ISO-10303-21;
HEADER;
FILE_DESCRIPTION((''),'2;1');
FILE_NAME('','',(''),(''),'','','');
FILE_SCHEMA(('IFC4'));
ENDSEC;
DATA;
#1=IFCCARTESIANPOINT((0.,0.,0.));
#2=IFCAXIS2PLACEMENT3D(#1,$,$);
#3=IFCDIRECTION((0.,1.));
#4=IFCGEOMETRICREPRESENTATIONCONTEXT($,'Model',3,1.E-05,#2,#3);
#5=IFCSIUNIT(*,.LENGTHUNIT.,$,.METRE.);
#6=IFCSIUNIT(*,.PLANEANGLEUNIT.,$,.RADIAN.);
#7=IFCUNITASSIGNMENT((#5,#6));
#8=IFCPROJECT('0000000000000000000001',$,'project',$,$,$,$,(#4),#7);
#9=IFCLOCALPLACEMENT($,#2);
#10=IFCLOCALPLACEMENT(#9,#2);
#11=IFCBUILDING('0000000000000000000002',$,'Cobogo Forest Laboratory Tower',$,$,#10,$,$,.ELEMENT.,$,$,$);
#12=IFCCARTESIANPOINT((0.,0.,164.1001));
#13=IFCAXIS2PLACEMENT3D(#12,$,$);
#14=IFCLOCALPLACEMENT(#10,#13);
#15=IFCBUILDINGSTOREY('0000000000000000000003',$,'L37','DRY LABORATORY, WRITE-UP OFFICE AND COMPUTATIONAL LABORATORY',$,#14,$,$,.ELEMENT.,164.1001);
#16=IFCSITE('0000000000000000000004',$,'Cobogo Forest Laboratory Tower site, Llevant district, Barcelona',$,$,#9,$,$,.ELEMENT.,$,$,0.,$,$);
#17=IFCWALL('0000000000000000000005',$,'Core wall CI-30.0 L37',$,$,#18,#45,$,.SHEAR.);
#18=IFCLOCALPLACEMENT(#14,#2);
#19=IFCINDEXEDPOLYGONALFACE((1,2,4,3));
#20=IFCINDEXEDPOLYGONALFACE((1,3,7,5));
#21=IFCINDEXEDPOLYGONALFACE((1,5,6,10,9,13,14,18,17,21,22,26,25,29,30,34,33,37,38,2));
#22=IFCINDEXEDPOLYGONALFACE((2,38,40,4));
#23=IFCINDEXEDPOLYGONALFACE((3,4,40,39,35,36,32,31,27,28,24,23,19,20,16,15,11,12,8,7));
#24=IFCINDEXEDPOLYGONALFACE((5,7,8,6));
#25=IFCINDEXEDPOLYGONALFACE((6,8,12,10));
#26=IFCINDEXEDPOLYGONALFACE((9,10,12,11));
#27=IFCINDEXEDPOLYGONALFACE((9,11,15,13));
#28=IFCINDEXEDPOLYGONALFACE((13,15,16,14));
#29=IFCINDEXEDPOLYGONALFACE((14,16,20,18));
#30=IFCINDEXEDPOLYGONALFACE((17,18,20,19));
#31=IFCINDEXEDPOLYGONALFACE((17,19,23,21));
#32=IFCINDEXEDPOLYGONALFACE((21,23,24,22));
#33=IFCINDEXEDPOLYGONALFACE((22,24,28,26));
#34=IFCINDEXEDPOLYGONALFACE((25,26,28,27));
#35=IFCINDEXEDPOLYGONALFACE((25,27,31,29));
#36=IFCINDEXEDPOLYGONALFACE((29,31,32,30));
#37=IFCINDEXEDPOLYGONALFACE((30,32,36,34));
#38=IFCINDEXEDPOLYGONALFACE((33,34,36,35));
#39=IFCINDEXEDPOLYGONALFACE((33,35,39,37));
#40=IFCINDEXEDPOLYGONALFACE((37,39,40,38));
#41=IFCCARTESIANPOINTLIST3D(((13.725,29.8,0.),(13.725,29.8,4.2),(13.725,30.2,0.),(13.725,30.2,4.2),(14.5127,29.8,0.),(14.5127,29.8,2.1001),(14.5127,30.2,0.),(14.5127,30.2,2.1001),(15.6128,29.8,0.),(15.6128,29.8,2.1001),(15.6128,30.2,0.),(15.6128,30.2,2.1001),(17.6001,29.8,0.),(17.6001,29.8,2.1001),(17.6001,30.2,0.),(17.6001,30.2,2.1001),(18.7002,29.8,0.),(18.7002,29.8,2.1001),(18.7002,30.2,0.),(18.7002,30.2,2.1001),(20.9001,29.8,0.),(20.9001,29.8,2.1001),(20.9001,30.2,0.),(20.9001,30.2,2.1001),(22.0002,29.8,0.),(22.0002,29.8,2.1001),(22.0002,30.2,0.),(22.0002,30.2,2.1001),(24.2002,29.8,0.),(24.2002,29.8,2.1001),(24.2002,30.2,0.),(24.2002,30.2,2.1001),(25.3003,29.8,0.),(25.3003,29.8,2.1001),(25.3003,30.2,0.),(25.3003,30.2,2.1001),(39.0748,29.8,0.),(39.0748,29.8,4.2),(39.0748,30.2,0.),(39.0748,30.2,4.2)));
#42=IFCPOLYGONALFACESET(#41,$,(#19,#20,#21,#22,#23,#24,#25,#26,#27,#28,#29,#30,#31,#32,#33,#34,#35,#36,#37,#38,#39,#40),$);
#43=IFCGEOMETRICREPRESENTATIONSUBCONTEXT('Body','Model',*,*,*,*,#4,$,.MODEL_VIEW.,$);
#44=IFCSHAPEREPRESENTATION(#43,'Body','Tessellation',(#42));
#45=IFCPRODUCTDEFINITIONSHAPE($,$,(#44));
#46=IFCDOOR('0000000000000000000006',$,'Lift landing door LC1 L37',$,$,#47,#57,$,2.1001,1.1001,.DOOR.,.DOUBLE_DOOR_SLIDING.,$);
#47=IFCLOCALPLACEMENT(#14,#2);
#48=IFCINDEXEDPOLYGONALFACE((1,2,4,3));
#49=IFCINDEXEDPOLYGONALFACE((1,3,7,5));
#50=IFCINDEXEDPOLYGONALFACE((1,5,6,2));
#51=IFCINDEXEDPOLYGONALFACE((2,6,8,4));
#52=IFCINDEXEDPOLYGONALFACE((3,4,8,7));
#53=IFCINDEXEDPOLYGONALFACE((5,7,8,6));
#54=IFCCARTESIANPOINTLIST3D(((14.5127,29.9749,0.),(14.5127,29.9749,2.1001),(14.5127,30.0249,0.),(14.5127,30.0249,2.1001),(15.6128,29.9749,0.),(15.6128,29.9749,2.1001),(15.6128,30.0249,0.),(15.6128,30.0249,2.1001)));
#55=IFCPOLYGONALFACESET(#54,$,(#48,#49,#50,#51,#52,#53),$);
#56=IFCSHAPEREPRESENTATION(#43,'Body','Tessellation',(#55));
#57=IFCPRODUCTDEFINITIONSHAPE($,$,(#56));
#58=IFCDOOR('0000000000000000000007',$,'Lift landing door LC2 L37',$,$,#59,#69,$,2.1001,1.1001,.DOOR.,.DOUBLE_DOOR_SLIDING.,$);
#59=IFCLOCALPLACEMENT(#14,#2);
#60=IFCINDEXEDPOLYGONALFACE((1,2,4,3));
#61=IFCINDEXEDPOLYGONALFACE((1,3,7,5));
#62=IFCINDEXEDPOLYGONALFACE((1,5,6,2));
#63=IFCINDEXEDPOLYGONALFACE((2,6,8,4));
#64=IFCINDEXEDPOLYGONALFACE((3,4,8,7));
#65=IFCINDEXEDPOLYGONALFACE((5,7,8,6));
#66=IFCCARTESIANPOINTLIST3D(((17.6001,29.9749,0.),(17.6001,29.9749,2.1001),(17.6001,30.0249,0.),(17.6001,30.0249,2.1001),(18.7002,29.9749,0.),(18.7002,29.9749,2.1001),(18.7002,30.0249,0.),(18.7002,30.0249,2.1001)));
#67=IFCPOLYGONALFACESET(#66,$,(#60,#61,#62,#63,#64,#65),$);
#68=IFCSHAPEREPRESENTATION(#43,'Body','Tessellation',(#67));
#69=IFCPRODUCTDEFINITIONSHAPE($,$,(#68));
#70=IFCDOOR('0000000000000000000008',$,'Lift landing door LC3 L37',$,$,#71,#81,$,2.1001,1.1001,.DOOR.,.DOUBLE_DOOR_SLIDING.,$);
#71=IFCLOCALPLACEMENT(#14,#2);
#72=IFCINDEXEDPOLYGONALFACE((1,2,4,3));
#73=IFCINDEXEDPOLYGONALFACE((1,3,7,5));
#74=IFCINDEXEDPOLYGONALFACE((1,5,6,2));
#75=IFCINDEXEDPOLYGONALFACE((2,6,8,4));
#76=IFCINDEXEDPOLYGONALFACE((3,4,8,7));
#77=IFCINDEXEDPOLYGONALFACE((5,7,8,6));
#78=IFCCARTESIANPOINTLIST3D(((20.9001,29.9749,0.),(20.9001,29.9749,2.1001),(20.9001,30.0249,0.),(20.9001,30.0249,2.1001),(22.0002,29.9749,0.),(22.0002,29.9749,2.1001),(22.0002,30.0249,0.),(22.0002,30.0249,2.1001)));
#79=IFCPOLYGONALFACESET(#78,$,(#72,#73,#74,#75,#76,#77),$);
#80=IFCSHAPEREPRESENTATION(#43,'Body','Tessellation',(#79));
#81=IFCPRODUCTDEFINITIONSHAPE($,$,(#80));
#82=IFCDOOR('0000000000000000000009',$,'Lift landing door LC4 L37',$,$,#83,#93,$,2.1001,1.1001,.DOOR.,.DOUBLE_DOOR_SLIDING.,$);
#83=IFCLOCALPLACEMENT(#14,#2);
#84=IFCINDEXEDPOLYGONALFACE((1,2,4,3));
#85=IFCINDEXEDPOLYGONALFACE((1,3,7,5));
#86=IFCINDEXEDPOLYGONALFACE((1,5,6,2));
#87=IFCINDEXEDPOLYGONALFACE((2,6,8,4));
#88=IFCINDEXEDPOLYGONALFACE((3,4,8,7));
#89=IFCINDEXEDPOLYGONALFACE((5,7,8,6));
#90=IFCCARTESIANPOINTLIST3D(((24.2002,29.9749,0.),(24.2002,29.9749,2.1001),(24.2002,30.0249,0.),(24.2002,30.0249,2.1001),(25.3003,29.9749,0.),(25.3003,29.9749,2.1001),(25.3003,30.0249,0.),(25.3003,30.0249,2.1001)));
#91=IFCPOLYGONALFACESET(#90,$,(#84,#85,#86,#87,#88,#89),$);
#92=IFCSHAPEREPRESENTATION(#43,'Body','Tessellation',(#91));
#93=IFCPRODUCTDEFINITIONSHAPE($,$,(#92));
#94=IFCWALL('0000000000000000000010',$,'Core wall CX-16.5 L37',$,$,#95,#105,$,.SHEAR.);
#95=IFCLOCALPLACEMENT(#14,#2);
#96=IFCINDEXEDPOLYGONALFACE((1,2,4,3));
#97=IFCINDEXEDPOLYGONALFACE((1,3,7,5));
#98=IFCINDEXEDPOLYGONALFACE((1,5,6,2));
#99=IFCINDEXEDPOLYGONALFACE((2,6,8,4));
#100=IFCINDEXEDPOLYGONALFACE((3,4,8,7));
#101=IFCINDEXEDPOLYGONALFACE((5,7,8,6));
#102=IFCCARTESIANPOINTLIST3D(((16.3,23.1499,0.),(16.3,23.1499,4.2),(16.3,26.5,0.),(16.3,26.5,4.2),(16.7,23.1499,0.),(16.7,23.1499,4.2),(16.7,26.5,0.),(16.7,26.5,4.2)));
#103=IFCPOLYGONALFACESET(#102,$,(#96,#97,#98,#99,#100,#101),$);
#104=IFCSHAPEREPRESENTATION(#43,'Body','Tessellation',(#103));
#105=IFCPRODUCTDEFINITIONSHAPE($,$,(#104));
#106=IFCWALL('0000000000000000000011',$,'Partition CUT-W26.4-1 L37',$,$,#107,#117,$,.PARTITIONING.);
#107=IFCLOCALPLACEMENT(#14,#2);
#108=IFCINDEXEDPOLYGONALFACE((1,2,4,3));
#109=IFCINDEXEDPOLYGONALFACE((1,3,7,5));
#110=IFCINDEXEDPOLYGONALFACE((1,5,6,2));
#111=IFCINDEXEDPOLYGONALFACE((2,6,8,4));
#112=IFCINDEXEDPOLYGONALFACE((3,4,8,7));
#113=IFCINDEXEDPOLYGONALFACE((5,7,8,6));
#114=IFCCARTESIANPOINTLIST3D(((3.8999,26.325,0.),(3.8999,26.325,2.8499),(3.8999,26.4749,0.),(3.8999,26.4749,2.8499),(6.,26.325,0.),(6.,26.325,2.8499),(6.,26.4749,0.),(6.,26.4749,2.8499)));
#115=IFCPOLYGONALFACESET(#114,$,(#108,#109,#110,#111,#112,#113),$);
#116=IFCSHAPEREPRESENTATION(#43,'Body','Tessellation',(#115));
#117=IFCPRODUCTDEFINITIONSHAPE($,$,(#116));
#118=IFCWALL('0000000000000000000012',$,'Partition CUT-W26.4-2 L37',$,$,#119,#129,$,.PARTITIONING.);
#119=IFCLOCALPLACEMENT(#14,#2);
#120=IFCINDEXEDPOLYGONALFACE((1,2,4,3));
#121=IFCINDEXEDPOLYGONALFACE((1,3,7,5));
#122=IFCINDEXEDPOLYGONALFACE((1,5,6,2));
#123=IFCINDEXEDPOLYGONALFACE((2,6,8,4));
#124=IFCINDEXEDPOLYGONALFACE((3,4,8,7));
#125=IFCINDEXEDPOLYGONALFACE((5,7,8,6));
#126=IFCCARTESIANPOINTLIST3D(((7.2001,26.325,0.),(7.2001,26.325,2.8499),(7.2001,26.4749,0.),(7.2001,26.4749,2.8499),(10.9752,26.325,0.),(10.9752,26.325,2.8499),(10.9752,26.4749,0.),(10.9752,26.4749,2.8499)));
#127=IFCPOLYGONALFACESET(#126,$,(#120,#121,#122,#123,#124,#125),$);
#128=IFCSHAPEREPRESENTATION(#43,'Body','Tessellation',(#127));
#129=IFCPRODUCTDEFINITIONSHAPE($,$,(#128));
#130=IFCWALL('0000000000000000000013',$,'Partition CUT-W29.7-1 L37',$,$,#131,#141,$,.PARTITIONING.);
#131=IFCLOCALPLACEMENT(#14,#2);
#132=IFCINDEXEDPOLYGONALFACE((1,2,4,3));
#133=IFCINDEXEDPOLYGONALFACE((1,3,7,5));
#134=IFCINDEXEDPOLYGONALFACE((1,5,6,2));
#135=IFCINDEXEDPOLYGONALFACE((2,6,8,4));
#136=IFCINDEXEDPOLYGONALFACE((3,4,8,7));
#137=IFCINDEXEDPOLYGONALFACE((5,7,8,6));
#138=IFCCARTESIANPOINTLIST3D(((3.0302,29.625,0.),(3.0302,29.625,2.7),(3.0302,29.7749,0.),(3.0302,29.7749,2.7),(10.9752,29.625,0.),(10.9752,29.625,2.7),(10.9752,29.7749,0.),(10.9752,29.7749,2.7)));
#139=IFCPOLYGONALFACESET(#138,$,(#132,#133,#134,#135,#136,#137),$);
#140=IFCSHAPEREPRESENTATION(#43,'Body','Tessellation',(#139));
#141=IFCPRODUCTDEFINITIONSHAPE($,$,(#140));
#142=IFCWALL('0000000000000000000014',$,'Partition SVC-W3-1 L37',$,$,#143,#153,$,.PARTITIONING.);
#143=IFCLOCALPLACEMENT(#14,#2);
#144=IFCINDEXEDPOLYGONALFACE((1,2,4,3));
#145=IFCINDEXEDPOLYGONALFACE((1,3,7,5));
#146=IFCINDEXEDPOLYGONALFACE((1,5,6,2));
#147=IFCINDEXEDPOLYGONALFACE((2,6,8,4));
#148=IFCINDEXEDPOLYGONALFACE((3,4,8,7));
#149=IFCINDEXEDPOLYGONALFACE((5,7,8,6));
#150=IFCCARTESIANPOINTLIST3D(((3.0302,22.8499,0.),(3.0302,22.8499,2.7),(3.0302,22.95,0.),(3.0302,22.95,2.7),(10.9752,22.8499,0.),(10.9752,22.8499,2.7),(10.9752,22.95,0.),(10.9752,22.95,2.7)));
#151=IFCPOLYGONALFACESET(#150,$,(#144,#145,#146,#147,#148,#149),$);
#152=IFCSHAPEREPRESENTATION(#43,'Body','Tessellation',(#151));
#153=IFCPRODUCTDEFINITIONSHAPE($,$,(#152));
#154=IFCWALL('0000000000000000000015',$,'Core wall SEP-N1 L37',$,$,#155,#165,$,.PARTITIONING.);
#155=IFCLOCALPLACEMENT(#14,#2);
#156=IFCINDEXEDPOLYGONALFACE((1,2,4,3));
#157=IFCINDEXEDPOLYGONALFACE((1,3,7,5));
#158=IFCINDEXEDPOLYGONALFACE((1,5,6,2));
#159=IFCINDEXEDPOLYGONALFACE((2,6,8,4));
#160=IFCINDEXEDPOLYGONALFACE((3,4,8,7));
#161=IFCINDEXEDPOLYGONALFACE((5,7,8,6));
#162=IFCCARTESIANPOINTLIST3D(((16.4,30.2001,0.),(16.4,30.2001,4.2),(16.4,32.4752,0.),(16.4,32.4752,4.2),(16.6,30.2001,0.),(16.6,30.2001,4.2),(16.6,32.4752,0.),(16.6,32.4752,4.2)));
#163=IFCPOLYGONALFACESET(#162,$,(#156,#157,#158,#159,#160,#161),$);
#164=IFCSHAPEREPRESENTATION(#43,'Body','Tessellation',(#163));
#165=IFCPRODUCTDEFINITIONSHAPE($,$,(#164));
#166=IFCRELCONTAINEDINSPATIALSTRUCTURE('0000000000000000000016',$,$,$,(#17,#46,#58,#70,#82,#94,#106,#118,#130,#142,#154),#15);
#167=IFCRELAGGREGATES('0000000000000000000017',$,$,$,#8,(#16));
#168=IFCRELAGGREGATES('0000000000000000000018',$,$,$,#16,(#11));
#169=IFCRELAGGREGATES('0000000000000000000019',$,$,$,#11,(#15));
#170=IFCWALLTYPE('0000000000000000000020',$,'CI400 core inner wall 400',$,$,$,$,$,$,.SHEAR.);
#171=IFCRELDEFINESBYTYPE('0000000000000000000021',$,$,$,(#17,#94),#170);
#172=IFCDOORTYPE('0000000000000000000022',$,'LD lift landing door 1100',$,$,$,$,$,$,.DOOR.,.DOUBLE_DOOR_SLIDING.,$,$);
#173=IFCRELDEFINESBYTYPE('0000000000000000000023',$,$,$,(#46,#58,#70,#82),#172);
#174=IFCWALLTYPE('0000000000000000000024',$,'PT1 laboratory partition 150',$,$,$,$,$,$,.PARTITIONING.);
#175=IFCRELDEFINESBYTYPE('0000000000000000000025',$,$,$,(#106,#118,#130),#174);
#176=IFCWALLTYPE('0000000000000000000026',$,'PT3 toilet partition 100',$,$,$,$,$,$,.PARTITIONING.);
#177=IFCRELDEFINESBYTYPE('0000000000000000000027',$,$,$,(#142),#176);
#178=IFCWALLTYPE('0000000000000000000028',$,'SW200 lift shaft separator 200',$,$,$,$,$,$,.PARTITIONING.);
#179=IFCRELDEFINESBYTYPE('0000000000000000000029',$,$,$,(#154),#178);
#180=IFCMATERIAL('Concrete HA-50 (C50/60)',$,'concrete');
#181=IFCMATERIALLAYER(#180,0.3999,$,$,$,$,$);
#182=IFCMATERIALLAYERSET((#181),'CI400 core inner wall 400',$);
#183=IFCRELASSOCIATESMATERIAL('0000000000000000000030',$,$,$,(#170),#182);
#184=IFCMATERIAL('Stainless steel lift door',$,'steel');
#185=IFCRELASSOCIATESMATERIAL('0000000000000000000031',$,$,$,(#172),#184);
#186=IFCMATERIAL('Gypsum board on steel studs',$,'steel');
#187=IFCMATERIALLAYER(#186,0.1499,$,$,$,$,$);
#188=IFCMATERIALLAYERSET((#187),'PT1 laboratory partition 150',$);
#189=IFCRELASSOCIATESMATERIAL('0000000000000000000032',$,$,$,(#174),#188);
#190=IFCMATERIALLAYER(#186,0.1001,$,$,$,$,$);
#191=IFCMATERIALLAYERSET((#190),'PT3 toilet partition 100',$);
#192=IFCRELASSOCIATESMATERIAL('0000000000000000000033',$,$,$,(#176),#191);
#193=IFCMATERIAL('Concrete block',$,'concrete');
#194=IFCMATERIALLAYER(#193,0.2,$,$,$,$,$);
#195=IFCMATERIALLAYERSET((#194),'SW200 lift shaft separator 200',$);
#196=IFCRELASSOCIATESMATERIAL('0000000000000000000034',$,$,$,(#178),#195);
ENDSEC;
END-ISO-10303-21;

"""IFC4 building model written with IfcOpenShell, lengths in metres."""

from ifc_helpers import new_model, si_unit, direction, frame, frame_2d, origin, place, context, subcontext, project, spatial, rectangle, extrude, material, layer, layer_set, type_object, element, fill, save


model = new_model("IFC4")

# Units and contexts
model_context = context("Model", 3, precision=1e-05, world=origin(), true_north=direction((0.0, 1.0)))
body_context = subcontext(model_context, "Body", "Model", "MODEL_VIEW")
ifc_project = project(units=[si_unit("LENGTHUNIT", "METRE"), si_unit("PLANEANGLEUNIT", "RADIAN")], contexts=[model_context])

# Site, building, storey
site_placement = place(None, origin())
site = spatial("IfcSite", under=ifc_project, at=site_placement, Name="Cobogo Forest Laboratory Tower site, Llevant district, Barcelona", CompositionType="ELEMENT", RefElevation=0.0)
building_placement = place(site_placement, origin())
building = spatial("IfcBuilding", under=site, at=building_placement, Name="Cobogo Forest Laboratory Tower", CompositionType="ELEMENT")
storey_placement = place(building_placement, frame((0.0, 0.0, 164.1001)))
storey = spatial("IfcBuildingStorey", under=building, at=storey_placement, Name="L37", Description="DRY LABORATORY, WRITE-UP OFFICE AND COMPUTATIONAL LABORATORY", CompositionType="ELEMENT", Elevation=164.1001)

# Shared definitions
ifc_material_1 = material(Name="Concrete HA-50 (C50/60)", Category="concrete")

# Shared definitions
ifc_layer_1 = layer(ifc_material_1, 0.3999)
ifc_layer_set_1 = layer_set([ifc_layer_1], Name="CI400 core inner wall 400")
wall_type_1 = type_object("IfcWallType", Name="CI400 core inner wall 400", PredefinedType="SHEAR", material=ifc_layer_set_1)

# Wall, openings, doors
ifc_material_2 = material(Name="Stainless steel lift door", Category="steel")
door_type_1 = type_object("IfcDoorType", Name="LD lift landing door 1100", OperationType="DOUBLE_DOOR_SLIDING", PredefinedType="DOOR", material=ifc_material_2)
wall_1_placement = place(storey_placement, frame((13.7251, 30.0, 0.0), z_axis=(0.0, 0.0, 1.0), x_axis=(1.0, 0.0, 0.0)))
wall_1 = element("IfcWall", 1, at=wall_1_placement, inside=storey, type_object=wall_type_1, Name="Core wall CI-30.0 L37", PredefinedType="SHEAR", context=body_context, shape_type="SweptSolid", body=[
    extrude(rectangle(XDim=25.3499, YDim=0.3999, at=frame_2d((12.6748, 0.0))), origin(), (0.0, 0.0, 1.0), 4.2),
])
opening_1_placement = place(wall_1_placement, frame((0.7876, 0.0, 0.0)))
opening_1 = element("IfcOpeningElement", 2, at=opening_1_placement, cuts=wall_1, PredefinedType="OPENING", context=body_context, shape_type="SweptSolid", body=[
    extrude(rectangle(XDim=1.1001, YDim=2.1001, at=frame_2d((0.55, 1.05))), frame((0.0, 0.21, 0.0), z_axis=(0.0, -1.0, 0.0), x_axis=(1.0, 0.0, 0.0)), (0.0, 0.0, 1.0), 0.4199),
])
opening_2_placement = place(wall_1_placement, frame((3.875, 0.0, 0.0)))
opening_2 = element("IfcOpeningElement", 3, at=opening_2_placement, cuts=wall_1, PredefinedType="OPENING", context=body_context, shape_type="SweptSolid", body=[
    extrude(rectangle(XDim=1.1001, YDim=2.1001, at=frame_2d((0.55, 1.05))), frame((0.0, 0.21, 0.0), z_axis=(0.0, -1.0, 0.0), x_axis=(1.0, 0.0, 0.0)), (0.0, 0.0, 1.0), 0.4199),
])
opening_3_placement = place(wall_1_placement, frame((7.175, 0.0, 0.0)))
opening_3 = element("IfcOpeningElement", 4, at=opening_3_placement, cuts=wall_1, PredefinedType="OPENING", context=body_context, shape_type="SweptSolid", body=[
    extrude(rectangle(XDim=1.1001, YDim=2.1001, at=frame_2d((0.55, 1.05))), frame((0.0, 0.21, 0.0), z_axis=(0.0, -1.0, 0.0), x_axis=(1.0, 0.0, 0.0)), (0.0, 0.0, 1.0), 0.4199),
])
opening_4_placement = place(wall_1_placement, frame((10.4751, 0.0, 0.0)))
opening_4 = element("IfcOpeningElement", 5, at=opening_4_placement, cuts=wall_1, PredefinedType="OPENING", context=body_context, shape_type="SweptSolid", body=[
    extrude(rectangle(XDim=1.1001, YDim=2.1001, at=frame_2d((0.55, 1.05))), frame((0.0, 0.21, 0.0), z_axis=(0.0, -1.0, 0.0), x_axis=(1.0, 0.0, 0.0)), (0.0, 0.0, 1.0), 0.4199),
])
door_1_placement = place(opening_1_placement, origin())
door_1 = element("IfcDoor", 6, at=door_1_placement, inside=storey, type_object=door_type_1, Name="Lift landing door LC1 L37", OperationType="DOUBLE_DOOR_SLIDING", OverallHeight=2.1001, OverallWidth=1.1001, PredefinedType="DOOR", context=body_context, shape_type="SweptSolid", body=[
    extrude(rectangle(XDim=1.1001, YDim=2.1001, at=frame_2d((0.55, 1.05))), frame((0.0, 0.0249, 0.0), z_axis=(0.0, -1.0, 0.0), x_axis=(1.0, 0.0, 0.0)), (0.0, 0.0, 1.0), 0.05),
])
fill(opening_1, door_1)
door_2_placement = place(opening_2_placement, origin())
door_2 = element("IfcDoor", 7, at=door_2_placement, inside=storey, type_object=door_type_1, Name="Lift landing door LC2 L37", OperationType="DOUBLE_DOOR_SLIDING", OverallHeight=2.1001, OverallWidth=1.1001, PredefinedType="DOOR", context=body_context, shape_type="SweptSolid", body=[
    extrude(rectangle(XDim=1.1001, YDim=2.1001, at=frame_2d((0.55, 1.05))), frame((0.0, 0.0249, 0.0), z_axis=(0.0, -1.0, 0.0), x_axis=(1.0, 0.0, 0.0)), (0.0, 0.0, 1.0), 0.05),
])
fill(opening_2, door_2)
door_3_placement = place(opening_3_placement, origin())
door_3 = element("IfcDoor", 8, at=door_3_placement, inside=storey, type_object=door_type_1, Name="Lift landing door LC3 L37", OperationType="DOUBLE_DOOR_SLIDING", OverallHeight=2.1001, OverallWidth=1.1001, PredefinedType="DOOR", context=body_context, shape_type="SweptSolid", body=[
    extrude(rectangle(XDim=1.1001, YDim=2.1001, at=frame_2d((0.55, 1.05))), frame((0.0, 0.0249, 0.0), z_axis=(0.0, -1.0, 0.0), x_axis=(1.0, 0.0, 0.0)), (0.0, 0.0, 1.0), 0.05),
])
fill(opening_3, door_3)
door_4_placement = place(opening_4_placement, origin())
door_4 = element("IfcDoor", 9, at=door_4_placement, inside=storey, type_object=door_type_1, Name="Lift landing door LC4 L37", OperationType="DOUBLE_DOOR_SLIDING", OverallHeight=2.1001, OverallWidth=1.1001, PredefinedType="DOOR", context=body_context, shape_type="SweptSolid", body=[
    extrude(rectangle(XDim=1.1001, YDim=2.1001, at=frame_2d((0.55, 1.05))), frame((0.0, 0.0249, 0.0), z_axis=(0.0, -1.0, 0.0), x_axis=(1.0, 0.0, 0.0)), (0.0, 0.0, 1.0), 0.05),
])
fill(opening_4, door_4)

# Walls
wall_2_placement = place(storey_placement, frame((16.5, 23.1499, 0.0), z_axis=(0.0, 0.0, 1.0), x_axis=(0.0, 1.0, 0.0)))
element("IfcWall", 10, at=wall_2_placement, inside=storey, type_object=wall_type_1, Name="Core wall CX-16.5 L37", PredefinedType="SHEAR", context=body_context, shape_type="SweptSolid", body=[
    extrude(rectangle(XDim=3.3501, YDim=0.3999, at=frame_2d((1.675, 0.0))), origin(), (0.0, 0.0, 1.0), 4.2),
])
ifc_material_3 = material(Name="Gypsum board on steel studs", Category="steel")
ifc_layer_2 = layer(ifc_material_3, 0.1499)
ifc_layer_set_2 = layer_set([ifc_layer_2], Name="PT1 laboratory partition 150")
wall_type_2 = type_object("IfcWallType", Name="PT1 laboratory partition 150", PredefinedType="PARTITIONING", material=ifc_layer_set_2)
wall_3_placement = place(storey_placement, frame((3.8999, 26.3999, 0.0), z_axis=(0.0, 0.0, 1.0), x_axis=(1.0, 0.0, 0.0)))
element("IfcWall", 11, at=wall_3_placement, inside=storey, type_object=wall_type_2, Name="Partition CUT-W26.4-1 L37", PredefinedType="PARTITIONING", context=body_context, shape_type="SweptSolid", body=[
    extrude(rectangle(XDim=2.1001, YDim=0.1499, at=frame_2d((1.05, 0.0))), origin(), (0.0, 0.0, 1.0), 2.8499),
])
wall_4_placement = place(storey_placement, frame((7.2, 26.3999, 0.0), z_axis=(0.0, 0.0, 1.0), x_axis=(1.0, 0.0, 0.0)))
element("IfcWall", 12, at=wall_4_placement, inside=storey, type_object=wall_type_2, Name="Partition CUT-W26.4-2 L37", PredefinedType="PARTITIONING", context=body_context, shape_type="SweptSolid", body=[
    extrude(rectangle(XDim=3.7751, YDim=0.1499, at=frame_2d((1.8877, 0.0))), origin(), (0.0, 0.0, 1.0), 2.8499),
])
wall_5_placement = place(storey_placement, frame((3.03, 29.7, 0.0), z_axis=(0.0, 0.0, 1.0), x_axis=(1.0, 0.0, 0.0)))
element("IfcWall", 13, at=wall_5_placement, inside=storey, type_object=wall_type_2, Name="Partition CUT-W29.7-1 L37", PredefinedType="PARTITIONING", context=body_context, shape_type="SweptSolid", body=[
    extrude(rectangle(XDim=7.9451, YDim=0.1499, at=frame_2d((3.9727, 0.0))), origin(), (0.0, 0.0, 1.0), 2.7),
])
ifc_layer_3 = layer(ifc_material_3, 0.1001)
ifc_layer_set_3 = layer_set([ifc_layer_3], Name="PT3 toilet partition 100")
wall_type_3 = type_object("IfcWallType", Name="PT3 toilet partition 100", PredefinedType="PARTITIONING", material=ifc_layer_set_3)
wall_6_placement = place(storey_placement, frame((3.03, 22.8999, 0.0), z_axis=(0.0, 0.0, 1.0), x_axis=(1.0, 0.0, 0.0)))
element("IfcWall", 14, at=wall_6_placement, inside=storey, type_object=wall_type_3, Name="Partition SVC-W3-1 L37", PredefinedType="PARTITIONING", context=body_context, shape_type="SweptSolid", body=[
    extrude(rectangle(XDim=7.9451, YDim=0.1001, at=frame_2d((3.9727, 0.0))), origin(), (0.0, 0.0, 1.0), 2.7),
])
ifc_material_4 = material(Name="Concrete block", Category="concrete")
ifc_layer_4 = layer(ifc_material_4, 0.2)
ifc_layer_set_4 = layer_set([ifc_layer_4], Name="SW200 lift shaft separator 200")
wall_type_4 = type_object("IfcWallType", Name="SW200 lift shaft separator 200", PredefinedType="PARTITIONING", material=ifc_layer_set_4)
wall_7_placement = place(storey_placement, frame((16.5, 30.2, 0.0), z_axis=(0.0, 0.0, 1.0), x_axis=(0.0, 1.0, 0.0)))
element("IfcWall", 15, at=wall_7_placement, inside=storey, type_object=wall_type_4, Name="Core wall SEP-N1 L37", PredefinedType="PARTITIONING", context=body_context, shape_type="SweptSolid", body=[
    extrude(rectangle(XDim=2.2751, YDim=0.2, at=frame_2d((1.1377, 0.0))), origin(), (0.0, 0.0, 1.0), 4.2),
])

save(model, "model.ifc")
